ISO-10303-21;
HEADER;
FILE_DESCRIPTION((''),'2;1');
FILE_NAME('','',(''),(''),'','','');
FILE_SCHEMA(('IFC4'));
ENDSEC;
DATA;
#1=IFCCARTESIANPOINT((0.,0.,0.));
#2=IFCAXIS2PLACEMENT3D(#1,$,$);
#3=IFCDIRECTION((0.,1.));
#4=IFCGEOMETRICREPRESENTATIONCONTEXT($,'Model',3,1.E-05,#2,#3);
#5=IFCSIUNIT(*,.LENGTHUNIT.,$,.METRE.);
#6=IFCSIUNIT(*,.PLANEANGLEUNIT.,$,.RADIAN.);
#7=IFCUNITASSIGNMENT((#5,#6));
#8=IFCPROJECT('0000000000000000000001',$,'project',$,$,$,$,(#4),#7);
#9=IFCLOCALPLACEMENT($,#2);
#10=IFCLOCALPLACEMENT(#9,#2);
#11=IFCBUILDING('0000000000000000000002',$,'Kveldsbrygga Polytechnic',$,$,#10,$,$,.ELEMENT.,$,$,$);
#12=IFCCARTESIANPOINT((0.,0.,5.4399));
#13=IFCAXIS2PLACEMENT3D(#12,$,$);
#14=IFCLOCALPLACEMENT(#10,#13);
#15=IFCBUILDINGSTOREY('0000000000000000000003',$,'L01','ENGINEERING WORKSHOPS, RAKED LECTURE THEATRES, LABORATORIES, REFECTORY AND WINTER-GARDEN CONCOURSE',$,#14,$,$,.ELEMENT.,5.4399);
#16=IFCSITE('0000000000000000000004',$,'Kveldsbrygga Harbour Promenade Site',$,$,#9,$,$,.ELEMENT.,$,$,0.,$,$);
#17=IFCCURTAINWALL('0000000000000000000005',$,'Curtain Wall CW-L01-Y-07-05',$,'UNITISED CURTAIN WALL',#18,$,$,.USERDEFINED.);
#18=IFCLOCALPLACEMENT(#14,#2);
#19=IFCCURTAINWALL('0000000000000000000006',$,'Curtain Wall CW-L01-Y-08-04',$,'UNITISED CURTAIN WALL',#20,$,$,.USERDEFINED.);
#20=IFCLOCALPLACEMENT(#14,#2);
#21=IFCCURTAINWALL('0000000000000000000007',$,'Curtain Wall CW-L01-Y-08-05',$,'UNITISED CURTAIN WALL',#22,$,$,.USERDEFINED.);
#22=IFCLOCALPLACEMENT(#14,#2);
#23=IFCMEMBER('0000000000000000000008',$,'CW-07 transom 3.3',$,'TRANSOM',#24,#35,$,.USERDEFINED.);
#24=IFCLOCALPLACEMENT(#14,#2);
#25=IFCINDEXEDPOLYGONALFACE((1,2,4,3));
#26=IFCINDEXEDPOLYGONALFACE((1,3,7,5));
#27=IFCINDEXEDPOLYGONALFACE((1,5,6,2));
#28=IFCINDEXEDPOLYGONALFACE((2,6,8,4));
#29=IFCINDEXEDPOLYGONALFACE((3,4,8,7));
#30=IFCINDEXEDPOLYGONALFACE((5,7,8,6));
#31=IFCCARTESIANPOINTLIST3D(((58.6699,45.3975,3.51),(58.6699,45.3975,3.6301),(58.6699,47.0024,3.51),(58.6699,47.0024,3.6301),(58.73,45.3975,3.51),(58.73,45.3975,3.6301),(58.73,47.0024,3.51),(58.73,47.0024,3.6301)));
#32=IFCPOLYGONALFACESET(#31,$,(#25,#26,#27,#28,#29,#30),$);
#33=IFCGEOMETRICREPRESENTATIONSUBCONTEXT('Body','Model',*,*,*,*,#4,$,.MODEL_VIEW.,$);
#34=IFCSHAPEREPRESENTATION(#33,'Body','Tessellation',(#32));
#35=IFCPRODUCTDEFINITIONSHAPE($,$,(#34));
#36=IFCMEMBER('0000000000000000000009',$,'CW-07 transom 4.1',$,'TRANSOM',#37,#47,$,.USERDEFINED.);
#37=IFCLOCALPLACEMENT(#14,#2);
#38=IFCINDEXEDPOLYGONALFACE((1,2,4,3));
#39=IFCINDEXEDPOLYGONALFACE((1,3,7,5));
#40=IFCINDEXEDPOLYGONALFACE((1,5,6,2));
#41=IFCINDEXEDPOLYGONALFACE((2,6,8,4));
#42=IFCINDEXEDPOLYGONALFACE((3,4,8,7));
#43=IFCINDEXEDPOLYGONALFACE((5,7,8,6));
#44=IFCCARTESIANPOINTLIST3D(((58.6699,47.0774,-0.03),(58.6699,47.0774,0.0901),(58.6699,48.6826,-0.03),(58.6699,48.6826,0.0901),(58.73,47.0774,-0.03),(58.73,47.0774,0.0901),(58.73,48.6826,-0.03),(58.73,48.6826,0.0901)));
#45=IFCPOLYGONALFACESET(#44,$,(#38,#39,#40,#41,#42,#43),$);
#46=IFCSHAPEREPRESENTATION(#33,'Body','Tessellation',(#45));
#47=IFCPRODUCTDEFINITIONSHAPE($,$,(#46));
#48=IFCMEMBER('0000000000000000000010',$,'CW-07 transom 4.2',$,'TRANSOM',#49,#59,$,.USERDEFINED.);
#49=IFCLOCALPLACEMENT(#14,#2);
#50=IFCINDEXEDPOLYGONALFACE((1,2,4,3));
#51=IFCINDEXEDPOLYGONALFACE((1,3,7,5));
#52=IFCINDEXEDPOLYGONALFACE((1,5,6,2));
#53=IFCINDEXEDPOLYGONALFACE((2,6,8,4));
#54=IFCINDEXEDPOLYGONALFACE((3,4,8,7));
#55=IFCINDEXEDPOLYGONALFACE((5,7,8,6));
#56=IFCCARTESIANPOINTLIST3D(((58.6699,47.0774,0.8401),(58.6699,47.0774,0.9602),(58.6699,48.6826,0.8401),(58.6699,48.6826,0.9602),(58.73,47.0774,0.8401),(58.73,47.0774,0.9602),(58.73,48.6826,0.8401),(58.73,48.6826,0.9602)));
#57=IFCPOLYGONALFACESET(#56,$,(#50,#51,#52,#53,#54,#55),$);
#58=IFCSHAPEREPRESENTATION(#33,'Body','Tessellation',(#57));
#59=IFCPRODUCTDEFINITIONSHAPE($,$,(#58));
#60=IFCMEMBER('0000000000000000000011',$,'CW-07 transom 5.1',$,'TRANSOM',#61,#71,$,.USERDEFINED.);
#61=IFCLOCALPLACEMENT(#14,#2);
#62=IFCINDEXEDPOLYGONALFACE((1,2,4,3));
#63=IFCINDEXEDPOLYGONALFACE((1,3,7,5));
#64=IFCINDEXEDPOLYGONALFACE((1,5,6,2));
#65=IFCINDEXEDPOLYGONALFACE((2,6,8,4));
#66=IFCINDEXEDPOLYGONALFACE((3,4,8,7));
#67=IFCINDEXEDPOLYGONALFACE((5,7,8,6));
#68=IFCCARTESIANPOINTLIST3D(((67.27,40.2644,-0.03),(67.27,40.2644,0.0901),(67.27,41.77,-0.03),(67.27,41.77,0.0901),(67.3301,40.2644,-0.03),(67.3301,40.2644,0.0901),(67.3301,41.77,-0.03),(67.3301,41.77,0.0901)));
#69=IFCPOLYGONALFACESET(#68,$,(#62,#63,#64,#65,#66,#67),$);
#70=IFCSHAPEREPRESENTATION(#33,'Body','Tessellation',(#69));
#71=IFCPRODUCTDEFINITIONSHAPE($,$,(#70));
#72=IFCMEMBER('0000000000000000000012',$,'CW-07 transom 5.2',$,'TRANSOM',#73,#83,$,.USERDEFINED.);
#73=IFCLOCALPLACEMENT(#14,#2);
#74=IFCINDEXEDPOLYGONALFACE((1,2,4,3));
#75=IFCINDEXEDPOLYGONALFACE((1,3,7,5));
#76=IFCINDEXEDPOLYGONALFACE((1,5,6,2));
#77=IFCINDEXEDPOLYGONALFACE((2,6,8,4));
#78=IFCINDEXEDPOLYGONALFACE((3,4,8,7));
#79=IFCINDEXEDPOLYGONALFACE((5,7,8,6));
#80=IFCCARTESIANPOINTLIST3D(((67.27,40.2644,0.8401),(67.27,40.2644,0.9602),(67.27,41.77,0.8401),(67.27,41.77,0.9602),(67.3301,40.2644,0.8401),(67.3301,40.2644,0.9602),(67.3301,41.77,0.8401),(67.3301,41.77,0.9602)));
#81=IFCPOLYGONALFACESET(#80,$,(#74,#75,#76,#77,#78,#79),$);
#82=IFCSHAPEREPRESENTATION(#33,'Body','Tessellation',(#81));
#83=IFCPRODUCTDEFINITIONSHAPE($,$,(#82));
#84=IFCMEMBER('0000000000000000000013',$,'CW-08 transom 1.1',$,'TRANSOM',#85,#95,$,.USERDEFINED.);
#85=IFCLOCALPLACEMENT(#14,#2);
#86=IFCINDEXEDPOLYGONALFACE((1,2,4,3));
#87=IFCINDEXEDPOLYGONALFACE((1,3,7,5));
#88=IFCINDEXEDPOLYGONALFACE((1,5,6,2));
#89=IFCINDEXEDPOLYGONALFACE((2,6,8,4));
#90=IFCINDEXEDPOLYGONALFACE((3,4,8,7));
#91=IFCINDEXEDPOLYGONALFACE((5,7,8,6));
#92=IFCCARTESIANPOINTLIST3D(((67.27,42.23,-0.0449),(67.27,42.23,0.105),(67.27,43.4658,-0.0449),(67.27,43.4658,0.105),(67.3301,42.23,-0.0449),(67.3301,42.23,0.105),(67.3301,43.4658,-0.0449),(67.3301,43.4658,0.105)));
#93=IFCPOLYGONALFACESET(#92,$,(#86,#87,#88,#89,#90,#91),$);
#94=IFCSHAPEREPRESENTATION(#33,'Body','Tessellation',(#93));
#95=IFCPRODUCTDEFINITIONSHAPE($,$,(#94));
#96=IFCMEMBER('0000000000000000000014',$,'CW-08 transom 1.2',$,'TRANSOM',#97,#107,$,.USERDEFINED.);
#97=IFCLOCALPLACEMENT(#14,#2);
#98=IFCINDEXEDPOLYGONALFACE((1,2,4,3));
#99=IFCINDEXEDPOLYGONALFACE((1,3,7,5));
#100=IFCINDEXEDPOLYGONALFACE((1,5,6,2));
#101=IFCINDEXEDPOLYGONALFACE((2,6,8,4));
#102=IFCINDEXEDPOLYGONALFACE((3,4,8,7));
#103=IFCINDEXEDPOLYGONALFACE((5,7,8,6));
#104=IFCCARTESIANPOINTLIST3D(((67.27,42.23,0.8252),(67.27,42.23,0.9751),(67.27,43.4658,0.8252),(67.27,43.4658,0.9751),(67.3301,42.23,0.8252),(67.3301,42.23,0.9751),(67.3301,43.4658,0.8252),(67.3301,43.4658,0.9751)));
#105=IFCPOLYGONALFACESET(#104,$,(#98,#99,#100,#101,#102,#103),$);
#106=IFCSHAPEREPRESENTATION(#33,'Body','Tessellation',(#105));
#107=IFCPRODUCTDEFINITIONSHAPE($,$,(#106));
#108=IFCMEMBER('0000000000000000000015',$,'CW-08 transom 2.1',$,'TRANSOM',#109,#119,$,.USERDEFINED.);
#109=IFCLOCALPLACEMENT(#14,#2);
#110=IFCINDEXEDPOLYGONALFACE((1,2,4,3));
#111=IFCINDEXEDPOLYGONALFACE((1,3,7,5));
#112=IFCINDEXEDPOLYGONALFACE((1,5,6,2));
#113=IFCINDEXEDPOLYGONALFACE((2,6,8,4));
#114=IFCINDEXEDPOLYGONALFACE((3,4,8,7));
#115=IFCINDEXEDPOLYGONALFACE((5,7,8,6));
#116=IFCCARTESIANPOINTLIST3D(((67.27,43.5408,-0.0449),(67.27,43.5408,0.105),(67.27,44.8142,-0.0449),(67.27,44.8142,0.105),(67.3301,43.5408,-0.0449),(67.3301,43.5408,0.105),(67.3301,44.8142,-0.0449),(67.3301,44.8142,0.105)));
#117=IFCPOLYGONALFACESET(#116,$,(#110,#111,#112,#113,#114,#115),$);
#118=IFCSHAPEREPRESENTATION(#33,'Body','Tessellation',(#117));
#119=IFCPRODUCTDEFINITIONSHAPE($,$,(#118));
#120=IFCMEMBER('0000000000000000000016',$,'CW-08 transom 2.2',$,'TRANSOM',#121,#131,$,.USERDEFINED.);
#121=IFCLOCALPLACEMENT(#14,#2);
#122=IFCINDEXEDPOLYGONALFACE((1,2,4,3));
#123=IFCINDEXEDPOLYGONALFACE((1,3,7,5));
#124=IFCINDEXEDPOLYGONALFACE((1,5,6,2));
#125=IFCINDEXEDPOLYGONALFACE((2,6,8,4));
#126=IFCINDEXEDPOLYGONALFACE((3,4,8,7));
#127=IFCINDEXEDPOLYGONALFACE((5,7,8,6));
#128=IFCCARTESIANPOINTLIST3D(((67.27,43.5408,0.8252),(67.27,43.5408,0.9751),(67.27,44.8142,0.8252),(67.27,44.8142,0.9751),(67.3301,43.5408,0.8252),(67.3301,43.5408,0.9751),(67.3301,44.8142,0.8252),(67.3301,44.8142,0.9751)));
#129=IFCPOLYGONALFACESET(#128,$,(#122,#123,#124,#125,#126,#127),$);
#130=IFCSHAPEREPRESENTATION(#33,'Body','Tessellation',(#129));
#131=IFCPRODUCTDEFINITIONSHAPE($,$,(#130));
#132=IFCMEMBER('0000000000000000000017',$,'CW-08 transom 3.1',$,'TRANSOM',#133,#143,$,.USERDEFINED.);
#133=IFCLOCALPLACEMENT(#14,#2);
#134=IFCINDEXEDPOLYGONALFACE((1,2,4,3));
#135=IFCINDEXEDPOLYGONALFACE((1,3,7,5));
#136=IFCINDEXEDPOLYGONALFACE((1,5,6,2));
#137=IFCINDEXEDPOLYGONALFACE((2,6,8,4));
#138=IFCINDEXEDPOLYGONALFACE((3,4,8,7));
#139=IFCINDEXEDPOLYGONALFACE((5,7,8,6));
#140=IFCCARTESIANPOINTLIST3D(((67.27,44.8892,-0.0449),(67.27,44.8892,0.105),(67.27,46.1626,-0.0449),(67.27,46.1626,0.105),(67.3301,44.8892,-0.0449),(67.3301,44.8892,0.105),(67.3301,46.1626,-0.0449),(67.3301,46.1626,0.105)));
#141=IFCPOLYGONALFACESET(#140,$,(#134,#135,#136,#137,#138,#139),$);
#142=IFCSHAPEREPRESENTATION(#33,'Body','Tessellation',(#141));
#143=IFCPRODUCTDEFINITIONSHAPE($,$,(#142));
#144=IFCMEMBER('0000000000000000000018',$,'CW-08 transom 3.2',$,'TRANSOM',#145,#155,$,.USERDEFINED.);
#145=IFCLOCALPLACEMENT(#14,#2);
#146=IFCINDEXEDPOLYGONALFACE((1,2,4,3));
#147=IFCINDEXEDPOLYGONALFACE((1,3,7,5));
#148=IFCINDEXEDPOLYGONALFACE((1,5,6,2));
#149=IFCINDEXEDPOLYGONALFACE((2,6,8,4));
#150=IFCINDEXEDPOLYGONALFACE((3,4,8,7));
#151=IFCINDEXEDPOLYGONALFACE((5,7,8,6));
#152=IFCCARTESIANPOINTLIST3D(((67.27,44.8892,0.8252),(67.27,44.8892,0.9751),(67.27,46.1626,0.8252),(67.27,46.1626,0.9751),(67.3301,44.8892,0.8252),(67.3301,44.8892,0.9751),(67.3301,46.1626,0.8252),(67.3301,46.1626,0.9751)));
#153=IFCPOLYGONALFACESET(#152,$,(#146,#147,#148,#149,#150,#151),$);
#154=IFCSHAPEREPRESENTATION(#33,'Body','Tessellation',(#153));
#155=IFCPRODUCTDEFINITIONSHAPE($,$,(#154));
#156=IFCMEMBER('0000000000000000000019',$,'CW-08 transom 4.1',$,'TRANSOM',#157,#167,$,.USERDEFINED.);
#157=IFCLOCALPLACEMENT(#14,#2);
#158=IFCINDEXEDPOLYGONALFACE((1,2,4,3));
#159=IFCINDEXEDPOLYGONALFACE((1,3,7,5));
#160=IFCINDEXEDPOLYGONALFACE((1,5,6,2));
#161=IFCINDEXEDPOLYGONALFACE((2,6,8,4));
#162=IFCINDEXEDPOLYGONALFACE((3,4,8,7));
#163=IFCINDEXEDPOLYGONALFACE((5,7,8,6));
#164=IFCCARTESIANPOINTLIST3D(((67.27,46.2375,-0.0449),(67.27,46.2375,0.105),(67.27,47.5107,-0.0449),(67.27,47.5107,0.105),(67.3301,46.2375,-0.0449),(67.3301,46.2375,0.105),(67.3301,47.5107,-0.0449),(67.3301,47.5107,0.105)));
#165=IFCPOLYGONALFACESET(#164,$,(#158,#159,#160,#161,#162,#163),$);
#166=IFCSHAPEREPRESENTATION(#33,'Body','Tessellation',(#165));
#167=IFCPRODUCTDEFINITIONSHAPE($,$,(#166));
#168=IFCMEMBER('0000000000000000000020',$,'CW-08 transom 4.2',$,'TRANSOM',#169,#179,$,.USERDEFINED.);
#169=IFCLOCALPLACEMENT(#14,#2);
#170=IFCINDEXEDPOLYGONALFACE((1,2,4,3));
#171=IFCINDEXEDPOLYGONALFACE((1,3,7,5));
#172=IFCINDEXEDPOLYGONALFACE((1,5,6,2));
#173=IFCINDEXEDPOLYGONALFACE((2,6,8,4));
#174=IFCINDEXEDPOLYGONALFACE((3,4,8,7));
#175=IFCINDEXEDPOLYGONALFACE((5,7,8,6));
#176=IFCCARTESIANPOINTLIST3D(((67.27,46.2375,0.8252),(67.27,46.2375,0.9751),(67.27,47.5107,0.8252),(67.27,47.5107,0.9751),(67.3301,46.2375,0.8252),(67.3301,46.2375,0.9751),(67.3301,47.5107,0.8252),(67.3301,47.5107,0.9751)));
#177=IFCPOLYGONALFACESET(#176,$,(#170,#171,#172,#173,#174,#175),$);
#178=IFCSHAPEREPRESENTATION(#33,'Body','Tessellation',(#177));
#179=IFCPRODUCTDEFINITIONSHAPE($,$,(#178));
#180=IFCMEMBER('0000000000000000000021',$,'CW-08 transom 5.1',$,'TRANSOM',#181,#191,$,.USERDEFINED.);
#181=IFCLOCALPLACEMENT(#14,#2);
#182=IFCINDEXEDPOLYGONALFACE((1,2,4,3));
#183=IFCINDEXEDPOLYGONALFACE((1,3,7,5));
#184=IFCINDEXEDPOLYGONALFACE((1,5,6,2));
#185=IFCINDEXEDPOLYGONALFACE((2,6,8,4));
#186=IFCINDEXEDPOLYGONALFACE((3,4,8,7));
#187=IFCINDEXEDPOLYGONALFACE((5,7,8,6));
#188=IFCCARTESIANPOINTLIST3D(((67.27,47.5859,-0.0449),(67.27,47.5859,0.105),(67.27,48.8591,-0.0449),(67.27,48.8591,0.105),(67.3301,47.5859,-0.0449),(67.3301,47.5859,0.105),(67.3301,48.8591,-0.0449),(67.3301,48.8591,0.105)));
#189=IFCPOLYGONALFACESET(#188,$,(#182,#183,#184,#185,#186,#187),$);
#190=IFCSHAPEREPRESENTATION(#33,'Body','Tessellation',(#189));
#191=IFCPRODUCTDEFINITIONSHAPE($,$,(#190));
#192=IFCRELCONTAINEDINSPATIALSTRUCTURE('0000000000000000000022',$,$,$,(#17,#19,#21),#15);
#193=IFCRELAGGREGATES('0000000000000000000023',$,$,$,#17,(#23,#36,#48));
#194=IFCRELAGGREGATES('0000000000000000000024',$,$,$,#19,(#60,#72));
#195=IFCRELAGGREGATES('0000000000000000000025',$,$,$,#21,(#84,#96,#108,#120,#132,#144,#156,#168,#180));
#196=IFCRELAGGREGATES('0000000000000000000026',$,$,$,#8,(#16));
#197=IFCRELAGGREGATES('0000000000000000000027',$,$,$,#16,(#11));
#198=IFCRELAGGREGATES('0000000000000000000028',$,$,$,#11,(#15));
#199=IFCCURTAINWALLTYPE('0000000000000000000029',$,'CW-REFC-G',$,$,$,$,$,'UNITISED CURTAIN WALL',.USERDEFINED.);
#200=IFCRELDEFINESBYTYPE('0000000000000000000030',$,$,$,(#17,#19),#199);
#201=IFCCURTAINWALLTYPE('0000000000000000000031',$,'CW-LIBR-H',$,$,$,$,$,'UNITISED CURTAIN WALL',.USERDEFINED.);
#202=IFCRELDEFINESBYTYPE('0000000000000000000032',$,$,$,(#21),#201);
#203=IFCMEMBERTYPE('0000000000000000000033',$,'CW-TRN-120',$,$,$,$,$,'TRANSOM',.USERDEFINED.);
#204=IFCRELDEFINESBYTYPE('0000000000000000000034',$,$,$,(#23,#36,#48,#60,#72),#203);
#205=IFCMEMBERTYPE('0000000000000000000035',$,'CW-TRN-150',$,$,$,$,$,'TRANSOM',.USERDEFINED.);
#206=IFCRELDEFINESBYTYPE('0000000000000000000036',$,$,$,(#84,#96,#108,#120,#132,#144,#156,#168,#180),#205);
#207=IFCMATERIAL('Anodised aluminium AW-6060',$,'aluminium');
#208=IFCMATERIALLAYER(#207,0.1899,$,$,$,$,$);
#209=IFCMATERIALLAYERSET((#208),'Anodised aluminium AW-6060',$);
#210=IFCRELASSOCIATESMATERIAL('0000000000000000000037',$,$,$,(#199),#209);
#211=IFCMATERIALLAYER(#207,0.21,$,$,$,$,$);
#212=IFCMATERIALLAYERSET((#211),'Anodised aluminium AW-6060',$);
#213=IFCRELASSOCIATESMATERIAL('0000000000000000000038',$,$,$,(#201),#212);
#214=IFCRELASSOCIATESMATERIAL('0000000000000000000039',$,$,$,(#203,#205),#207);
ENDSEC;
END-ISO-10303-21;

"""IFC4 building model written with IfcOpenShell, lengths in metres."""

from ifc_helpers import new_model, si_unit, direction, frame, origin, origin_2d, place, context, subcontext, project, spatial, rectangle, extrude, material, layer, layer_set, material_profile, profile_set, type_object, element, aggregate, save


model = new_model("IFC4")

# Units and contexts
model_context = context("Model", 3, precision=1e-05, world=origin(), true_north=direction((0.0, 1.0)))
body_context = subcontext(model_context, "Body", "Model", "MODEL_VIEW")
ifc_project = project(units=[si_unit("LENGTHUNIT", "METRE"), si_unit("PLANEANGLEUNIT", "RADIAN")], contexts=[model_context])

# Site, building, storey
site_placement = place(None, origin())
site = spatial("IfcSite", under=ifc_project, at=site_placement, Name="Kveldsbrygga Harbour Promenade Site", CompositionType="ELEMENT", RefElevation=0.0)
building_placement = place(site_placement, origin())
building = spatial("IfcBuilding", under=site, at=building_placement, Name="Kveldsbrygga Polytechnic", CompositionType="ELEMENT")
storey_placement = place(building_placement, frame((0.0, 0.0, 5.4399)))
storey = spatial("IfcBuildingStorey", under=building, at=storey_placement, Name="L01", Description="ENGINEERING WORKSHOPS, RAKED LECTURE THEATRES, LABORATORIES, REFECTORY AND WINTER-GARDEN CONCOURSE", CompositionType="ELEMENT", Elevation=5.4399)

# Curtain walls
ifc_material_1 = material(Name="Anodised aluminium AW-6060", Category="aluminium")
ifc_layer_1 = layer(ifc_material_1, 0.1899)
ifc_layer_set_1 = layer_set([ifc_layer_1], Name="Anodised aluminium AW-6060")
curtain_wall_type_1 = type_object("IfcCurtainWallType", Name="CW-REFC-G", ElementType="UNITISED CURTAIN WALL", PredefinedType="USERDEFINED", material=ifc_layer_set_1)
curtain_wall_1_placement = place(storey_placement, origin())
curtain_wall_1 = element("IfcCurtainWall", 1, at=curtain_wall_1_placement, inside=storey, type_object=curtain_wall_type_1, Name="Curtain Wall CW-L01-Y-07-05", ObjectType="UNITISED CURTAIN WALL", PredefinedType="USERDEFINED")
curtain_wall_2_placement = place(storey_placement, origin())
curtain_wall_2 = element("IfcCurtainWall", 2, at=curtain_wall_2_placement, inside=storey, type_object=curtain_wall_type_1, Name="Curtain Wall CW-L01-Y-08-04", ObjectType="UNITISED CURTAIN WALL", PredefinedType="USERDEFINED")
ifc_layer_2 = layer(ifc_material_1, 0.21)
ifc_layer_set_2 = layer_set([ifc_layer_2], Name="Anodised aluminium AW-6060")
curtain_wall_type_2 = type_object("IfcCurtainWallType", Name="CW-LIBR-H", ElementType="UNITISED CURTAIN WALL", PredefinedType="USERDEFINED", material=ifc_layer_set_2)
curtain_wall_3_placement = place(storey_placement, origin())
curtain_wall_3 = element("IfcCurtainWall", 3, at=curtain_wall_3_placement, inside=storey, type_object=curtain_wall_type_2, Name="Curtain Wall CW-L01-Y-08-05", ObjectType="UNITISED CURTAIN WALL", PredefinedType="USERDEFINED")

# Members
ifc_material_profile_1 = material_profile(ifc_material_1, rectangle(XDim=0.0601, YDim=0.1201, at=origin_2d()), Name="ALU 60x120")
ifc_profile_set_1 = profile_set([ifc_material_profile_1], Name="Anodised aluminium AW-6060")
member_type_1 = type_object("IfcMemberType", Name="CW-TRN-120", ElementType="TRANSOM", PredefinedType="USERDEFINED", material=ifc_profile_set_1)
member_1_placement = place(storey_placement, frame((58.7, 45.3975, 3.5701), z_axis=(0.0, 1.0, 0.0), x_axis=(-1.0, 0.0, 0.0)))
member_1 = element("IfcMember", 4, at=member_1_placement, type_object=member_type_1, Name="CW-07 transom 3.3", ObjectType="TRANSOM", PredefinedType="USERDEFINED", context=body_context, shape_type="SweptSolid", body=[
    extrude(rectangle(XDim=0.0601, YDim=0.1201, at=origin_2d()), origin(), (0.0, 0.0, 1.0), 1.605),
])
member_2_placement = place(storey_placement, frame((58.7, 47.0774, 0.03), z_axis=(0.0, 1.0, 0.0), x_axis=(-1.0, 0.0, 0.0)))
member_2 = element("IfcMember", 5, at=member_2_placement, type_object=member_type_1, Name="CW-07 transom 4.1", ObjectType="TRANSOM", PredefinedType="USERDEFINED", context=body_context, shape_type="SweptSolid", body=[
    extrude(rectangle(XDim=0.0601, YDim=0.1201, at=origin_2d()), origin(), (0.0, 0.0, 1.0), 1.6052),
])
member_3_placement = place(storey_placement, frame((58.7, 47.0774, 0.9001), z_axis=(0.0, 1.0, 0.0), x_axis=(-1.0, 0.0, 0.0)))
member_3 = element("IfcMember", 6, at=member_3_placement, type_object=member_type_1, Name="CW-07 transom 4.2", ObjectType="TRANSOM", PredefinedType="USERDEFINED", context=body_context, shape_type="SweptSolid", body=[
    extrude(rectangle(XDim=0.0601, YDim=0.1201, at=origin_2d()), origin(), (0.0, 0.0, 1.0), 1.6052),
])
member_4_placement = place(storey_placement, frame((67.3, 40.2644, 0.03), z_axis=(0.0, 1.0, 0.0), x_axis=(-1.0, 0.0, 0.0)))
member_4 = element("IfcMember", 7, at=member_4_placement, type_object=member_type_1, Name="CW-07 transom 5.1", ObjectType="TRANSOM", PredefinedType="USERDEFINED", context=body_context, shape_type="SweptSolid", body=[
    extrude(rectangle(XDim=0.0601, YDim=0.1201, at=origin_2d()), origin(), (0.0, 0.0, 1.0), 1.5056),
])
member_5_placement = place(storey_placement, frame((67.3, 40.2644, 0.9001), z_axis=(0.0, 1.0, 0.0), x_axis=(-1.0, 0.0, 0.0)))
member_5 = element("IfcMember", 8, at=member_5_placement, type_object=member_type_1, Name="CW-07 transom 5.2", ObjectType="TRANSOM", PredefinedType="USERDEFINED", context=body_context, shape_type="SweptSolid", body=[
    extrude(rectangle(XDim=0.0601, YDim=0.1201, at=origin_2d()), origin(), (0.0, 0.0, 1.0), 1.5056),
])
ifc_material_profile_2 = material_profile(ifc_material_1, rectangle(XDim=0.0601, YDim=0.1499, at=origin_2d()), Name="ALU 60x150")
ifc_profile_set_2 = profile_set([ifc_material_profile_2], Name="Anodised aluminium AW-6060")
member_type_2 = type_object("IfcMemberType", Name="CW-TRN-150", ElementType="TRANSOM", PredefinedType="USERDEFINED", material=ifc_profile_set_2)
member_6_placement = place(storey_placement, frame((67.3, 42.23, 0.03), z_axis=(0.0, 1.0, 0.0), x_axis=(-1.0, 0.0, 0.0)))
member_6 = element("IfcMember", 9, at=member_6_placement, type_object=member_type_2, Name="CW-08 transom 1.1", ObjectType="TRANSOM", PredefinedType="USERDEFINED", context=body_context, shape_type="SweptSolid", body=[
    extrude(rectangle(XDim=0.0601, YDim=0.1499, at=origin_2d()), origin(), (0.0, 0.0, 1.0), 1.2358),
])
member_7_placement = place(storey_placement, frame((67.3, 42.23, 0.9001), z_axis=(0.0, 1.0, 0.0), x_axis=(-1.0, 0.0, 0.0)))
member_7 = element("IfcMember", 10, at=member_7_placement, type_object=member_type_2, Name="CW-08 transom 1.2", ObjectType="TRANSOM", PredefinedType="USERDEFINED", context=body_context, shape_type="SweptSolid", body=[
    extrude(rectangle(XDim=0.0601, YDim=0.1499, at=origin_2d()), origin(), (0.0, 0.0, 1.0), 1.2358),
])
member_8_placement = place(storey_placement, frame((67.3, 43.5408, 0.03), z_axis=(0.0, 1.0, 0.0), x_axis=(-1.0, 0.0, 0.0)))
member_8 = element("IfcMember", 11, at=member_8_placement, type_object=member_type_2, Name="CW-08 transom 2.1", ObjectType="TRANSOM", PredefinedType="USERDEFINED", context=body_context, shape_type="SweptSolid", body=[
    extrude(rectangle(XDim=0.0601, YDim=0.1499, at=origin_2d()), origin(), (0.0, 0.0, 1.0), 1.2734),
])
member_9_placement = place(storey_placement, frame((67.3, 43.5408, 0.9001), z_axis=(0.0, 1.0, 0.0), x_axis=(-1.0, 0.0, 0.0)))
member_9 = element("IfcMember", 12, at=member_9_placement, type_object=member_type_2, Name="CW-08 transom 2.2", ObjectType="TRANSOM", PredefinedType="USERDEFINED", context=body_context, shape_type="SweptSolid", body=[
    extrude(rectangle(XDim=0.0601, YDim=0.1499, at=origin_2d()), origin(), (0.0, 0.0, 1.0), 1.2734),
])
member_10_placement = place(storey_placement, frame((67.3, 44.8892, 0.03), z_axis=(0.0, 1.0, 0.0), x_axis=(-1.0, 0.0, 0.0)))
member_10 = element("IfcMember", 13, at=member_10_placement, type_object=member_type_2, Name="CW-08 transom 3.1", ObjectType="TRANSOM", PredefinedType="USERDEFINED", context=body_context, shape_type="SweptSolid", body=[
    extrude(rectangle(XDim=0.0601, YDim=0.1499, at=origin_2d()), origin(), (0.0, 0.0, 1.0), 1.2734),
])
member_11_placement = place(storey_placement, frame((67.3, 44.8892, 0.9001), z_axis=(0.0, 1.0, 0.0), x_axis=(-1.0, 0.0, 0.0)))
member_11 = element("IfcMember", 14, at=member_11_placement, type_object=member_type_2, Name="CW-08 transom 3.2", ObjectType="TRANSOM", PredefinedType="USERDEFINED", context=body_context, shape_type="SweptSolid", body=[
    extrude(rectangle(XDim=0.0601, YDim=0.1499, at=origin_2d()), origin(), (0.0, 0.0, 1.0), 1.2734),
])
member_12_placement = place(storey_placement, frame((67.3, 46.2375, 0.03), z_axis=(0.0, 1.0, 0.0), x_axis=(-1.0, 0.0, 0.0)))
member_12 = element("IfcMember", 15, at=member_12_placement, type_object=member_type_2, Name="CW-08 transom 4.1", ObjectType="TRANSOM", PredefinedType="USERDEFINED", context=body_context, shape_type="SweptSolid", body=[
    extrude(rectangle(XDim=0.0601, YDim=0.1499, at=origin_2d()), origin(), (0.0, 0.0, 1.0), 1.2732),
])
member_13_placement = place(storey_placement, frame((67.3, 46.2375, 0.9001), z_axis=(0.0, 1.0, 0.0), x_axis=(-1.0, 0.0, 0.0)))
member_13 = element("IfcMember", 16, at=member_13_placement, type_object=member_type_2, Name="CW-08 transom 4.2", ObjectType="TRANSOM", PredefinedType="USERDEFINED", context=body_context, shape_type="SweptSolid", body=[
    extrude(rectangle(XDim=0.0601, YDim=0.1499, at=origin_2d()), origin(), (0.0, 0.0, 1.0), 1.2732),
])
member_14_placement = place(storey_placement, frame((67.3, 47.5859, 0.03), z_axis=(0.0, 1.0, 0.0), x_axis=(-1.0, 0.0, 0.0)))
member_14 = element("IfcMember", 17, at=member_14_placement, type_object=member_type_2, Name="CW-08 transom 5.1", ObjectType="TRANSOM", PredefinedType="USERDEFINED", context=body_context, shape_type="SweptSolid", body=[
    extrude(rectangle(XDim=0.0601, YDim=0.1499, at=origin_2d()), origin(), (0.0, 0.0, 1.0), 1.2732),
])

aggregate(curtain_wall_1, [member_1, member_2, member_3])
aggregate(curtain_wall_2, [member_4, member_5])
aggregate(curtain_wall_3, [member_6, member_7, member_8, member_9, member_10, member_11, member_12, member_13, member_14])

save(model, "model.ifc")
